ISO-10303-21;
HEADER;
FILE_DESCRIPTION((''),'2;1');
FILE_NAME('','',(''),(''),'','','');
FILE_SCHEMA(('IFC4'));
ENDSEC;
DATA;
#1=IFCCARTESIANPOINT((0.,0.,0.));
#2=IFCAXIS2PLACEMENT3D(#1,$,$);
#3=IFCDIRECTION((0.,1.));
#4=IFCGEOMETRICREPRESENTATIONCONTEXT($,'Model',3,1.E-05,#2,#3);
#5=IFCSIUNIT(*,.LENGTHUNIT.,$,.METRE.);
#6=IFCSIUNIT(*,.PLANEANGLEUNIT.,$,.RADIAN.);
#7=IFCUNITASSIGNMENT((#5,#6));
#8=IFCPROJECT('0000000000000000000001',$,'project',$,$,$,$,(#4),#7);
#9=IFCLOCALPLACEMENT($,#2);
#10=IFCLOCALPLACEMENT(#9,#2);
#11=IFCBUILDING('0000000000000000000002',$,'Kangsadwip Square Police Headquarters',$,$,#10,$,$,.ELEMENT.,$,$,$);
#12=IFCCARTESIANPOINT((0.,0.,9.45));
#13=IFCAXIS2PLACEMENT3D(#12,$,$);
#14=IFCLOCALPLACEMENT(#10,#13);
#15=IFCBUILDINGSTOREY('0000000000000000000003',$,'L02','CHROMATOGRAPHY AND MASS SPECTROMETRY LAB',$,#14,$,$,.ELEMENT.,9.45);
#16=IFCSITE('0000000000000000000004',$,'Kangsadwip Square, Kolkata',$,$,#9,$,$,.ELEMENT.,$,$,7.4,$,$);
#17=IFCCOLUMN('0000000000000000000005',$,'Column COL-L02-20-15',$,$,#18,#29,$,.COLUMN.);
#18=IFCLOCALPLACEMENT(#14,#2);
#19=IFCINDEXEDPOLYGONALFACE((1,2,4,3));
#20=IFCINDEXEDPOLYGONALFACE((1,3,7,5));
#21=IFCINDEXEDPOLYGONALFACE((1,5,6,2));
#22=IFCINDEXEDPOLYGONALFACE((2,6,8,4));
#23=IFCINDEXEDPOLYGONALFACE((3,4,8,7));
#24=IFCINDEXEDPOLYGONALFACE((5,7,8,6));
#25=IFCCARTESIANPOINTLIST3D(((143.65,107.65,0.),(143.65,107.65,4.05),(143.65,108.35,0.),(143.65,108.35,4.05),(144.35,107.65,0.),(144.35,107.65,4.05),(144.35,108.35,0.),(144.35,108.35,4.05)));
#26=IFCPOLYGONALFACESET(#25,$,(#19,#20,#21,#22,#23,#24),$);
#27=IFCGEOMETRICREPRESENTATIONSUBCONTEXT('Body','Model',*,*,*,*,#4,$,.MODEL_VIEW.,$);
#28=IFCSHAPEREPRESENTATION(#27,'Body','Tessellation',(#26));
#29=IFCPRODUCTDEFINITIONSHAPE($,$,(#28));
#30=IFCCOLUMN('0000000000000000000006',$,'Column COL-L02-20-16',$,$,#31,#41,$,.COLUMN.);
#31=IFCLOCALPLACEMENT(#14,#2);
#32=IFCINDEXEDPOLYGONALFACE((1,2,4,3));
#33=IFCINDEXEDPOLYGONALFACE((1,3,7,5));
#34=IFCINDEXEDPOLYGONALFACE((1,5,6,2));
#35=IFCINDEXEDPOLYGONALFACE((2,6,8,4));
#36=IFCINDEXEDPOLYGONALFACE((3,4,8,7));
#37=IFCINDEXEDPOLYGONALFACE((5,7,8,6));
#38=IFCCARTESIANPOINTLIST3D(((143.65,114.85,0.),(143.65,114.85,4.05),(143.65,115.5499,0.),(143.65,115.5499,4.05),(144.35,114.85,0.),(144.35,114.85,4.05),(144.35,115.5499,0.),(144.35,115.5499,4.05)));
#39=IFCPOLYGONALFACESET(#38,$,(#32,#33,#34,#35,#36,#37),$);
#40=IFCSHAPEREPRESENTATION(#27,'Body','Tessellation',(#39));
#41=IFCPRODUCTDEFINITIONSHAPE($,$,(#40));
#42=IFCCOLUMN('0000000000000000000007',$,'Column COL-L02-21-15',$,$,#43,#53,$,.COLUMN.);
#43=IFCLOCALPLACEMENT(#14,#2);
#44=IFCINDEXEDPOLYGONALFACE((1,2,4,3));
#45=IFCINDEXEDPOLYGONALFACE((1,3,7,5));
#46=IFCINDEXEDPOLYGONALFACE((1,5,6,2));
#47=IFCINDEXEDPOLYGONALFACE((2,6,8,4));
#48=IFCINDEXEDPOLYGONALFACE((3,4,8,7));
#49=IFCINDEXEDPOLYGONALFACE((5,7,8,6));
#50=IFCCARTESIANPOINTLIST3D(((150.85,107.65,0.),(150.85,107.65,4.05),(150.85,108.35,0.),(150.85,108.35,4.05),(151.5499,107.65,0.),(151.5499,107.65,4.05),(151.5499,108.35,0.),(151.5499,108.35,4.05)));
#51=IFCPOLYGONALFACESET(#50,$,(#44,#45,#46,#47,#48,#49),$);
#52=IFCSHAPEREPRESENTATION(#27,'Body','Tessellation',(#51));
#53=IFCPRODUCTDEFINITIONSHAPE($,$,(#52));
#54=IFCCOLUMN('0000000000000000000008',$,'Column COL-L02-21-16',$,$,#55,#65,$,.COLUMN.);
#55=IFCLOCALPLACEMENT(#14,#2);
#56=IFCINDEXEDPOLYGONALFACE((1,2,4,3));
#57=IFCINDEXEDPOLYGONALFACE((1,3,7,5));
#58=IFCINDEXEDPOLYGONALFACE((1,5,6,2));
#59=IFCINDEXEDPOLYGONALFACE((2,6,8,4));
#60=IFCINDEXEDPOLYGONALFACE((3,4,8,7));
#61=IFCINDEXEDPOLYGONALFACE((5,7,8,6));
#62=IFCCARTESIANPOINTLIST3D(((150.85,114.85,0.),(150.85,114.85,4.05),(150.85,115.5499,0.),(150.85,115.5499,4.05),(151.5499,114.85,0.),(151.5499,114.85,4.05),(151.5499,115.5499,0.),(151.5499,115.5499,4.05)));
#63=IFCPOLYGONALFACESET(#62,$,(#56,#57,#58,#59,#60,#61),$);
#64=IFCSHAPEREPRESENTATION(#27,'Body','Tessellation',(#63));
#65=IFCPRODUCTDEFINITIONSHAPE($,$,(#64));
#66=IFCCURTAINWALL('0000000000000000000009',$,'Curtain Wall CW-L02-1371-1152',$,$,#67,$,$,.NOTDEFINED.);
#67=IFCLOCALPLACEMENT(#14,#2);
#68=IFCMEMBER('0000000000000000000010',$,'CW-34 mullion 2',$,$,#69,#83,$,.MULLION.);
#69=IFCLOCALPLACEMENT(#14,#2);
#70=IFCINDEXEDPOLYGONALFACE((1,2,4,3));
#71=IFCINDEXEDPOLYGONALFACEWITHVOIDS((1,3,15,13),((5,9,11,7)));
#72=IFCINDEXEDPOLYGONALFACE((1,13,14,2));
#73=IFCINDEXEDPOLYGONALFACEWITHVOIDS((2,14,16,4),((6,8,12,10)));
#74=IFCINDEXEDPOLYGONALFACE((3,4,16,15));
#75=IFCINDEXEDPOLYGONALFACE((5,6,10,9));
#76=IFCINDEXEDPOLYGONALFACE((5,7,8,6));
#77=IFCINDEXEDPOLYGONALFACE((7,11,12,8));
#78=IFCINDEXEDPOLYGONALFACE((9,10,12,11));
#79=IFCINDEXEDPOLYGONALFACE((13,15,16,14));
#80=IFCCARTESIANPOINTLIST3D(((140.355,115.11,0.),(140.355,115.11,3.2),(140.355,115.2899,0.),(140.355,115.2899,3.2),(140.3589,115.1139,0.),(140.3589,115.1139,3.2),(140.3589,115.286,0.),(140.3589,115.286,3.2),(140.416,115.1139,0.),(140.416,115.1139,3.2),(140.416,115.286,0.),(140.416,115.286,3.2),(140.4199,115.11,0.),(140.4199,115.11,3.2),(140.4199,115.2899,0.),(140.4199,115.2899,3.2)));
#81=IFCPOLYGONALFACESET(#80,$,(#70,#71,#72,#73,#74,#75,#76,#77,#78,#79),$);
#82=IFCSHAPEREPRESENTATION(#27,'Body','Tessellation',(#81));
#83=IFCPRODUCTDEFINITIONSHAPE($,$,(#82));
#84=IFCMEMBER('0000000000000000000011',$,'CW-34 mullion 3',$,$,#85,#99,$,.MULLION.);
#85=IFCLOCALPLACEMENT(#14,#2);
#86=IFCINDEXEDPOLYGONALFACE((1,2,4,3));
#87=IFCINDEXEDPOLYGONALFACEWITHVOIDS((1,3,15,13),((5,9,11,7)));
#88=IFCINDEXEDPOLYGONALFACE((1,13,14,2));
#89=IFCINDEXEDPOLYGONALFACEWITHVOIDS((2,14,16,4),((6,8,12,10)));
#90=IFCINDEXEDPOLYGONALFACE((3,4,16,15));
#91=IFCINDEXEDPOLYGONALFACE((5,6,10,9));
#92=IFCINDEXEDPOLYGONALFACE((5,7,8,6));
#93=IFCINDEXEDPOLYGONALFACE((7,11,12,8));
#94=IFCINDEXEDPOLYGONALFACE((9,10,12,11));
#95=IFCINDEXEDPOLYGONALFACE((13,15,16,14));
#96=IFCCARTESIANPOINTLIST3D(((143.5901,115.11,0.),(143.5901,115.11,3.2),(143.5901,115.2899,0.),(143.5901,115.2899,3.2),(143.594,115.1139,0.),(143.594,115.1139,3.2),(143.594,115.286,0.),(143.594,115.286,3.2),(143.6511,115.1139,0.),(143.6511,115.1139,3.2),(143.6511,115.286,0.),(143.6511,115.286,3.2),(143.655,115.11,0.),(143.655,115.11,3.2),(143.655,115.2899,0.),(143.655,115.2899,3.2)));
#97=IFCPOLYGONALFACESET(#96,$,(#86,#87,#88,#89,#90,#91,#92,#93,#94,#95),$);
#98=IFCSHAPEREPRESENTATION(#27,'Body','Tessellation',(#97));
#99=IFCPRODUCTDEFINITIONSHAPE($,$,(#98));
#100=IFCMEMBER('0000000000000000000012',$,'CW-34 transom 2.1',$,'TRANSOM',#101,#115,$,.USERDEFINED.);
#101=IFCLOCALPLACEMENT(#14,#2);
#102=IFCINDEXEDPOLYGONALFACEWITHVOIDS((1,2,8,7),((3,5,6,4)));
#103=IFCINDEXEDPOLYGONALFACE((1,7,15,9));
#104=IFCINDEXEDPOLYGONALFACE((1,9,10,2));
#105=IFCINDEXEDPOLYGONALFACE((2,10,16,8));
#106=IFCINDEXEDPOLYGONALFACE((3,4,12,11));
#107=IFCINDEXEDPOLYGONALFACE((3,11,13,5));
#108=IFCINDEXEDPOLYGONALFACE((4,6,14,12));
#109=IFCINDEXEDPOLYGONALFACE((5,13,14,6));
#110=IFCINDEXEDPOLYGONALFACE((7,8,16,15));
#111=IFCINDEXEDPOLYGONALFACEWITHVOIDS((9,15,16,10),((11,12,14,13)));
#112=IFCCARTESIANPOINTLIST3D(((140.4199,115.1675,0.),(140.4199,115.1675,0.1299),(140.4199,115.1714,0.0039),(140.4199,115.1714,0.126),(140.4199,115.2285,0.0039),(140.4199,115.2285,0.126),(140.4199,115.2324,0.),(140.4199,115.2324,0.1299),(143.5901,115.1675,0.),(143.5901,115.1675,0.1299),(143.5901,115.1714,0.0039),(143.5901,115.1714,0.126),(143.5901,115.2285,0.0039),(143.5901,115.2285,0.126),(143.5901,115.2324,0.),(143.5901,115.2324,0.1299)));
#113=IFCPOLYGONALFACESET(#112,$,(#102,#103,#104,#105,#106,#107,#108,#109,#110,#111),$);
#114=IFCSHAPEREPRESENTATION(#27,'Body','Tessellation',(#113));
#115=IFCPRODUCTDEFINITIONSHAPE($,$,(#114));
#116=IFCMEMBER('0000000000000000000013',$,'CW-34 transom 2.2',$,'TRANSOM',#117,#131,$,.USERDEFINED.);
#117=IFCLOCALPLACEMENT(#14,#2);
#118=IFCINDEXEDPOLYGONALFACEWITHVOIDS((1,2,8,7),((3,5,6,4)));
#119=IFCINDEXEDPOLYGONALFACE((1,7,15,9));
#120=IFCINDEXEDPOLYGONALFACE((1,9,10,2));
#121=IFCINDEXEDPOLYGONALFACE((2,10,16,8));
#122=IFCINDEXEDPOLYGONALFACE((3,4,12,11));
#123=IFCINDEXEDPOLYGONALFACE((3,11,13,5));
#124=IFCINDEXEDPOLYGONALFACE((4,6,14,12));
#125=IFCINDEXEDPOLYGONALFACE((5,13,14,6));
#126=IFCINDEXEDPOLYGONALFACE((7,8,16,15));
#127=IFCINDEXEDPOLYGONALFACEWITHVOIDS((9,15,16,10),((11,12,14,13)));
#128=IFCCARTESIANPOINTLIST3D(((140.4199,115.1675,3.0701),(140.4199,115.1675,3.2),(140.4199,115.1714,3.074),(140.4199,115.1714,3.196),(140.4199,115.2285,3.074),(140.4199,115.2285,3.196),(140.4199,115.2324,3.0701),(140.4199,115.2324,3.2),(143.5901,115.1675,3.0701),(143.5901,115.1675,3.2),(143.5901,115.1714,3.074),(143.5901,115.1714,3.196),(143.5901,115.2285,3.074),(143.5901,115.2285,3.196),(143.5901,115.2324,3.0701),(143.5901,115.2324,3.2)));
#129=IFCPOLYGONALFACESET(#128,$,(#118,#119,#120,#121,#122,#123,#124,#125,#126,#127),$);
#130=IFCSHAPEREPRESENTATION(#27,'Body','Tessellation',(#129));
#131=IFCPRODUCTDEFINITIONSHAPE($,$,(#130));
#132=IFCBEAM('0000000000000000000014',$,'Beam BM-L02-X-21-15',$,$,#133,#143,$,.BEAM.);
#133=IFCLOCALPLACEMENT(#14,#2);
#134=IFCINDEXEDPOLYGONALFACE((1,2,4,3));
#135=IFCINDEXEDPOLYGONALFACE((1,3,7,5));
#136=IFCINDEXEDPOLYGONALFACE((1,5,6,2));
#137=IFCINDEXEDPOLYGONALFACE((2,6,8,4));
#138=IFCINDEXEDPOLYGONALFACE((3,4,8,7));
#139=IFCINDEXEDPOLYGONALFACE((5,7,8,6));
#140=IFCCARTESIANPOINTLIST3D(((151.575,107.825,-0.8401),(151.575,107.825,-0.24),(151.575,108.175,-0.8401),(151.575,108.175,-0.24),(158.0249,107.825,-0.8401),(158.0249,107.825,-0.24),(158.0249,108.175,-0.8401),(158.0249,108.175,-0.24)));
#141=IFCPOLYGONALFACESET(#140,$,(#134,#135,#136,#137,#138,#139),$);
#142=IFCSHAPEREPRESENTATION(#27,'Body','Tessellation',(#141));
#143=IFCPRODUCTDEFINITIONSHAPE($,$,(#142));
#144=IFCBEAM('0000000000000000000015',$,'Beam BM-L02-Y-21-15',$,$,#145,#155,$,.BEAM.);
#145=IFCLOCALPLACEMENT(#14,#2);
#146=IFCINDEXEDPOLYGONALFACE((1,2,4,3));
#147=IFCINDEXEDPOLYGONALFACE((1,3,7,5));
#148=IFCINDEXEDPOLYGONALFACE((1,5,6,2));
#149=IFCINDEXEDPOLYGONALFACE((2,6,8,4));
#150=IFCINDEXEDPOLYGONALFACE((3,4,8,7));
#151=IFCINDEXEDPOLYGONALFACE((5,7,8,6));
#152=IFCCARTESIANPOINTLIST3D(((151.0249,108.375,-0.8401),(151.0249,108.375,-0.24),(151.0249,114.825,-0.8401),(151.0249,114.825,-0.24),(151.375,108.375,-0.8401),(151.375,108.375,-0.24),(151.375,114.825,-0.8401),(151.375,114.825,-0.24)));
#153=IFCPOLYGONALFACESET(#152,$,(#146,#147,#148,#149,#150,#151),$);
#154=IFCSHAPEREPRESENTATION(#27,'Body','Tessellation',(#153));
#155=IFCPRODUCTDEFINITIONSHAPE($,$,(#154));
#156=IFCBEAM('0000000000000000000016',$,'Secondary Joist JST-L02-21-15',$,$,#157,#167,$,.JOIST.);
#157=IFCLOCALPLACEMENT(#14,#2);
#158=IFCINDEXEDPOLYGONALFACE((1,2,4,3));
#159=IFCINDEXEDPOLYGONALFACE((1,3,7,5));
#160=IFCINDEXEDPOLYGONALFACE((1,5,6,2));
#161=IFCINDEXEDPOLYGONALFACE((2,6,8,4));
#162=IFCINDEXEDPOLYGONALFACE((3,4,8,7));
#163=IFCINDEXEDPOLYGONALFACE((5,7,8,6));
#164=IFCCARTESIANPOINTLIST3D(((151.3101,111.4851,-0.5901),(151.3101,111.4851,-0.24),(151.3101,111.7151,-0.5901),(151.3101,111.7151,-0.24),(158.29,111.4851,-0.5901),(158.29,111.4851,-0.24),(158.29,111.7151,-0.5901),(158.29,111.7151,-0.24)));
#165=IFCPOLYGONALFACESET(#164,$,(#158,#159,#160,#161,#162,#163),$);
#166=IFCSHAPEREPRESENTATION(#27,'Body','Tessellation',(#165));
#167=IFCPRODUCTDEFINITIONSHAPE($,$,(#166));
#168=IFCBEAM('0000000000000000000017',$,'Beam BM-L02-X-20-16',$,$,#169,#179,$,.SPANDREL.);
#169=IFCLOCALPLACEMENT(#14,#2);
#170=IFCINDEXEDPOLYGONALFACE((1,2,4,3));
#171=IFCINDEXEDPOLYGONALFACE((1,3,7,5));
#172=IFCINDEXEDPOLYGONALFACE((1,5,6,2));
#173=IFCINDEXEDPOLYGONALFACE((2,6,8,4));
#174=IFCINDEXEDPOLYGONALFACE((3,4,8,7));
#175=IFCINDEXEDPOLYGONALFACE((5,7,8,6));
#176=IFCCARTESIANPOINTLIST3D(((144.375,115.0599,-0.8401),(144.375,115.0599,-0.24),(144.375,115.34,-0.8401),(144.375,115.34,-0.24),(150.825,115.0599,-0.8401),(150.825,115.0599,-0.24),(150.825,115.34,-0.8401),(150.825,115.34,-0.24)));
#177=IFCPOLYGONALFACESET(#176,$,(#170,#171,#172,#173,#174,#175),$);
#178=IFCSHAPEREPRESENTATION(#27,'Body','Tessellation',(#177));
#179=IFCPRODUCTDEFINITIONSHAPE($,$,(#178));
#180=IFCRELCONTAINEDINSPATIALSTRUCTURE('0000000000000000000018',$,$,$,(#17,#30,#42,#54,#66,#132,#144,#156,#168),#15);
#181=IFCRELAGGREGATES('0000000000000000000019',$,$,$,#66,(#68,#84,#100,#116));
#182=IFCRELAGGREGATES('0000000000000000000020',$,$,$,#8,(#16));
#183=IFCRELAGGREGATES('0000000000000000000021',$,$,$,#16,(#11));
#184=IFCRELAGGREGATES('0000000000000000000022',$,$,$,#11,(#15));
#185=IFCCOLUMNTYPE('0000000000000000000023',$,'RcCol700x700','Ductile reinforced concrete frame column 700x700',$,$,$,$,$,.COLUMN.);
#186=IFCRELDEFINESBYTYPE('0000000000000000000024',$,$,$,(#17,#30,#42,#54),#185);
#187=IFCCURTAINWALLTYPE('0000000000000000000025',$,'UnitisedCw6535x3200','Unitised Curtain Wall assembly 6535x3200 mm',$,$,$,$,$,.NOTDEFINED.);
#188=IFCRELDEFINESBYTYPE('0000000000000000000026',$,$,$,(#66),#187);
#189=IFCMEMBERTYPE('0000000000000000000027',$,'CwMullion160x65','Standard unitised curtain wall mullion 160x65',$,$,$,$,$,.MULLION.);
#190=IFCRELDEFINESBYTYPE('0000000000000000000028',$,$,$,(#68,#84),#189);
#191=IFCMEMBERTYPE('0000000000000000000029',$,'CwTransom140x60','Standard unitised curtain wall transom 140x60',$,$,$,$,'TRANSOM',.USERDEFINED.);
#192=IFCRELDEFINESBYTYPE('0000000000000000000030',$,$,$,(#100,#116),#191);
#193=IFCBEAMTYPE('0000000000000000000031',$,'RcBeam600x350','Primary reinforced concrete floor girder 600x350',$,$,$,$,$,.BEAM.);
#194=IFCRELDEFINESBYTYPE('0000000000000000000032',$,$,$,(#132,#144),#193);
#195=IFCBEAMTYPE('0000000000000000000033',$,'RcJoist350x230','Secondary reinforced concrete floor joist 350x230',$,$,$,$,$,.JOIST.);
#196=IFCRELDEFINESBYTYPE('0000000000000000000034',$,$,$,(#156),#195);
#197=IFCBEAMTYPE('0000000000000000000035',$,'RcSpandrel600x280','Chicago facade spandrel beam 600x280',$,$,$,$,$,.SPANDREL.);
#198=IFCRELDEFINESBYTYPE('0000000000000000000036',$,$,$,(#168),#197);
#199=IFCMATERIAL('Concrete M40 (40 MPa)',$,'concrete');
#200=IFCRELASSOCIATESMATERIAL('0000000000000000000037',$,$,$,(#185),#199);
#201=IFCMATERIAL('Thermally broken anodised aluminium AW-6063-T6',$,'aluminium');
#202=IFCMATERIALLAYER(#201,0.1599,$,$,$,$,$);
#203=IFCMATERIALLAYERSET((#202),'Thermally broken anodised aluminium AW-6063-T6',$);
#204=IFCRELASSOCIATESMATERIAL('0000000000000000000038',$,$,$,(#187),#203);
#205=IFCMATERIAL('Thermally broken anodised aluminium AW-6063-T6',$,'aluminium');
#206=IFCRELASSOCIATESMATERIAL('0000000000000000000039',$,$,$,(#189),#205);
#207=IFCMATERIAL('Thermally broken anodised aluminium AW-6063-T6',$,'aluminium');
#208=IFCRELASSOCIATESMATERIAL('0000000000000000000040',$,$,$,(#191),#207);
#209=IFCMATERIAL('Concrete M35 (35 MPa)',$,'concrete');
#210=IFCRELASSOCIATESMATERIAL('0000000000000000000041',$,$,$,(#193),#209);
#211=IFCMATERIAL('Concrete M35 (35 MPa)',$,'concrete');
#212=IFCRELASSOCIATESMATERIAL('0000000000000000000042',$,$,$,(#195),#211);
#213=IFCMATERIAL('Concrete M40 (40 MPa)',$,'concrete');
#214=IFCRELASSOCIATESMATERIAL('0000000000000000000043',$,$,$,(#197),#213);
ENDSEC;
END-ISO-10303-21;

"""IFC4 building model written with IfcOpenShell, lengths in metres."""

from ifc_helpers import new_model, si_unit, direction, frame, origin, origin_2d, place, context, subcontext, project, spatial, rectangle, hollow_rectangle, extrude, material, layer, layer_set, material_profile, profile_set, type_object, element, aggregate, save


model = new_model("IFC4")

# Units and contexts
model_context = context("Model", 3, precision=1e-05, world=origin(), true_north=direction((0.0, 1.0)))
body_context = subcontext(model_context, "Body", "Model", "MODEL_VIEW")
ifc_project = project(units=[si_unit("LENGTHUNIT", "METRE"), si_unit("PLANEANGLEUNIT", "RADIAN")], contexts=[model_context])

# Site, building, storey
site_placement = place(None, origin())
site = spatial("IfcSite", under=ifc_project, at=site_placement, Name="Kangsadwip Square, Kolkata", CompositionType="ELEMENT", RefElevation=7.4)
building_placement = place(site_placement, origin())
building = spatial("IfcBuilding", under=site, at=building_placement, Name="Kangsadwip Square Police Headquarters", CompositionType="ELEMENT")
storey_placement = place(building_placement, frame((0.0, 0.0, 9.45)))
storey = spatial("IfcBuildingStorey", under=building, at=storey_placement, Name="L02", Description="CHROMATOGRAPHY AND MASS SPECTROMETRY LAB", CompositionType="ELEMENT", Elevation=9.45)

# Columns
ifc_material_1 = material(Name="Concrete M40 (40 MPa)", Category="concrete")
ifc_material_profile_1 = material_profile(ifc_material_1, rectangle(XDim=0.7, YDim=0.7, at=origin_2d()), Name="RC COL 700X700")
ifc_profile_set_1 = profile_set([ifc_material_profile_1], Name="Concrete M40 (40 MPa)")
column_type = type_object("IfcColumnType", Name="RcCol700x700", Description="Ductile reinforced concrete frame column 700x700", PredefinedType="COLUMN", material=ifc_profile_set_1)
for number, where, z_axis, x_axis, name in (
    (1, (144.0, 108.0, 0.0), (0.0, 0.0, 1.0), (1.0, 0.0, 0.0), "Column COL-L02-20-15"),
    (2, (144.0, 115.2, 0.0), (0.0, 0.0, 1.0), (1.0, 0.0, 0.0), "Column COL-L02-20-16"),
    (3, (151.2, 108.0, 0.0), (0.0, 0.0, 1.0), (1.0, 0.0, 0.0), "Column COL-L02-21-15"),
    (4, (151.2, 115.2, 0.0), (0.0, 0.0, 1.0), (1.0, 0.0, 0.0), "Column COL-L02-21-16"),
):
    element("IfcColumn", number, at=place(storey_placement, frame(where, z_axis=z_axis, x_axis=x_axis)), inside=storey, type_object=column_type, Name=name, PredefinedType="COLUMN", context=body_context, shape_type="SweptSolid", body=[
        extrude(rectangle(XDim=0.7, YDim=0.7, at=origin_2d()), origin(), (0.0, 0.0, 1.0), 4.05),
    ])

# Curtain wall, members
ifc_material_2 = material(Name="Thermally broken anodised aluminium AW-6063-T6", Category="aluminium")
ifc_layer_1 = layer(ifc_material_2, 0.1599)
ifc_layer_set_1 = layer_set([ifc_layer_1], Name="Thermally broken anodised aluminium AW-6063-T6")
curtain_wall_type = type_object("IfcCurtainWallType", Name="UnitisedCw6535x3200", Description="Unitised Curtain Wall assembly 6535x3200 mm", PredefinedType="NOTDEFINED", material=ifc_layer_set_1)
curtain_wall_placement = place(storey_placement, origin())
curtain_wall = element("IfcCurtainWall", 5, at=curtain_wall_placement, inside=storey, type_object=curtain_wall_type, Name="Curtain Wall CW-L02-1371-1152", PredefinedType="NOTDEFINED")
ifc_material_3 = material(Name="Thermally broken anodised aluminium AW-6063-T6", Category="aluminium")
ifc_material_profile_2 = material_profile(ifc_material_3, hollow_rectangle(XDim=0.0649, YDim=0.1799, WallThickness=0.0039, at=origin_2d()), Name="CWM 180X65X4")
ifc_profile_set_2 = profile_set([ifc_material_profile_2], Name="Thermally broken anodised aluminium AW-6063-T6")
member_type_1 = type_object("IfcMemberType", Name="CwMullion160x65", Description="Standard unitised curtain wall mullion 160x65", PredefinedType="MULLION", material=ifc_profile_set_2)
member_1_placement = place(storey_placement, frame((140.3875, 115.2, 0.0), z_axis=(0.0, 0.0, 1.0), x_axis=(1.0, 0.0, 0.0)))
member_1 = element("IfcMember", 6, at=member_1_placement, type_object=member_type_1, Name="CW-34 mullion 2", PredefinedType="MULLION", context=body_context, shape_type="SweptSolid", body=[
    extrude(hollow_rectangle(XDim=0.0649, YDim=0.1799, WallThickness=0.0039, at=origin_2d()), origin(), (0.0, 0.0, 1.0), 3.2),
])
member_2_placement = place(storey_placement, frame((143.6226, 115.2, 0.0), z_axis=(0.0, 0.0, 1.0), x_axis=(1.0, 0.0, 0.0)))
member_2 = element("IfcMember", 7, at=member_2_placement, type_object=member_type_1, Name="CW-34 mullion 3", PredefinedType="MULLION", context=body_context, shape_type="SweptSolid", body=[
    extrude(hollow_rectangle(XDim=0.0649, YDim=0.1799, WallThickness=0.0039, at=origin_2d()), origin(), (0.0, 0.0, 1.0), 3.2),
])
ifc_material_4 = material(Name="Thermally broken anodised aluminium AW-6063-T6", Category="aluminium")
ifc_material_profile_3 = material_profile(ifc_material_4, hollow_rectangle(XDim=0.0649, YDim=0.1299, WallThickness=0.0039, at=origin_2d()), Name="CWT 130X65X4")
ifc_profile_set_3 = profile_set([ifc_material_profile_3], Name="Thermally broken anodised aluminium AW-6063-T6")
member_type_2 = type_object("IfcMemberType", Name="CwTransom140x60", Description="Standard unitised curtain wall transom 140x60", ElementType="TRANSOM", PredefinedType="USERDEFINED", material=ifc_profile_set_3)
member_3_placement = place(storey_placement, frame((140.4199, 115.2, 0.0649), z_axis=(1.0, 0.0, 0.0), x_axis=(0.0, 1.0, 0.0)))
member_3 = element("IfcMember", 8, at=member_3_placement, type_object=member_type_2, Name="CW-34 transom 2.1", ObjectType="TRANSOM", PredefinedType="USERDEFINED", context=body_context, shape_type="SweptSolid", body=[
    extrude(hollow_rectangle(XDim=0.0649, YDim=0.1299, WallThickness=0.0039, at=origin_2d()), origin(), (0.0, 0.0, 1.0), 3.1702),
])
member_4_placement = place(storey_placement, frame((140.4199, 115.2, 3.135), z_axis=(1.0, 0.0, 0.0), x_axis=(0.0, 1.0, 0.0)))
member_4 = element("IfcMember", 9, at=member_4_placement, type_object=member_type_2, Name="CW-34 transom 2.2", ObjectType="TRANSOM", PredefinedType="USERDEFINED", context=body_context, shape_type="SweptSolid", body=[
    extrude(hollow_rectangle(XDim=0.0649, YDim=0.1299, WallThickness=0.0039, at=origin_2d()), origin(), (0.0, 0.0, 1.0), 3.1702),
])

# Beams
ifc_material_5 = material(Name="Concrete M35 (35 MPa)", Category="concrete")
ifc_material_profile_4 = material_profile(ifc_material_5, rectangle(XDim=0.3501, YDim=0.6001, at=origin_2d()), Name="RC BM 600X350")
ifc_profile_set_4 = profile_set([ifc_material_profile_4], Name="Concrete M35 (35 MPa)")
beam_type_1 = type_object("IfcBeamType", Name="RcBeam600x350", Description="Primary reinforced concrete floor girder 600x350", PredefinedType="BEAM", material=ifc_profile_set_4)
for number, where, z_axis, x_axis, name in (
    (10, (151.575, 108.0, -0.54), (1.0, 0.0, 0.0), (0.0, 1.0, 0.0), "Beam BM-L02-X-21-15"),
    (11, (151.2, 108.375, -0.54), (0.0, 1.0, 0.0), (-1.0, 0.0, 0.0), "Beam BM-L02-Y-21-15"),
):
    element("IfcBeam", number, at=place(storey_placement, frame(where, z_axis=z_axis, x_axis=x_axis)), inside=storey, type_object=beam_type_1, Name=name, PredefinedType="BEAM", context=body_context, shape_type="SweptSolid", body=[
        extrude(rectangle(XDim=0.3501, YDim=0.6001, at=origin_2d()), origin(), (0.0, 0.0, 1.0), 6.45),
    ])
ifc_material_6 = material(Name="Concrete M35 (35 MPa)", Category="concrete")
ifc_material_profile_5 = material_profile(ifc_material_6, rectangle(XDim=0.23, YDim=0.3501, at=origin_2d()), Name="RC JST 350X230")
ifc_profile_set_5 = profile_set([ifc_material_profile_5], Name="Concrete M35 (35 MPa)")
beam_type_2 = type_object("IfcBeamType", Name="RcJoist350x230", Description="Secondary reinforced concrete floor joist 350x230", PredefinedType="JOIST", material=ifc_profile_set_5)
beam_1_placement = place(storey_placement, frame((151.3101, 111.6001, -0.415), z_axis=(1.0, 0.0, 0.0), x_axis=(0.0, 1.0, 0.0)))
element("IfcBeam", 12, at=beam_1_placement, inside=storey, type_object=beam_type_2, Name="Secondary Joist JST-L02-21-15", PredefinedType="JOIST", context=body_context, shape_type="SweptSolid", body=[
    extrude(rectangle(XDim=0.23, YDim=0.3501, at=origin_2d()), origin(), (0.0, 0.0, 1.0), 6.98),
])
ifc_material_7 = material(Name="Concrete M40 (40 MPa)", Category="concrete")
ifc_material_profile_6 = material_profile(ifc_material_7, rectangle(XDim=0.28, YDim=0.6001, at=origin_2d()), Name="RC SPN 600X280")
ifc_profile_set_6 = profile_set([ifc_material_profile_6], Name="Concrete M40 (40 MPa)")
beam_type_3 = type_object("IfcBeamType", Name="RcSpandrel600x280", Description="Chicago facade spandrel beam 600x280", PredefinedType="SPANDREL", material=ifc_profile_set_6)
beam_2_placement = place(storey_placement, frame((144.375, 115.2, -0.54), z_axis=(1.0, 0.0, 0.0), x_axis=(0.0, 1.0, 0.0)))
element("IfcBeam", 13, at=beam_2_placement, inside=storey, type_object=beam_type_3, Name="Beam BM-L02-X-20-16", PredefinedType="SPANDREL", context=body_context, shape_type="SweptSolid", body=[
    extrude(rectangle(XDim=0.28, YDim=0.6001, at=origin_2d()), origin(), (0.0, 0.0, 1.0), 6.45),
])

aggregate(curtain_wall, [member_1, member_2, member_3, member_4])

save(model, "model.ifc")
